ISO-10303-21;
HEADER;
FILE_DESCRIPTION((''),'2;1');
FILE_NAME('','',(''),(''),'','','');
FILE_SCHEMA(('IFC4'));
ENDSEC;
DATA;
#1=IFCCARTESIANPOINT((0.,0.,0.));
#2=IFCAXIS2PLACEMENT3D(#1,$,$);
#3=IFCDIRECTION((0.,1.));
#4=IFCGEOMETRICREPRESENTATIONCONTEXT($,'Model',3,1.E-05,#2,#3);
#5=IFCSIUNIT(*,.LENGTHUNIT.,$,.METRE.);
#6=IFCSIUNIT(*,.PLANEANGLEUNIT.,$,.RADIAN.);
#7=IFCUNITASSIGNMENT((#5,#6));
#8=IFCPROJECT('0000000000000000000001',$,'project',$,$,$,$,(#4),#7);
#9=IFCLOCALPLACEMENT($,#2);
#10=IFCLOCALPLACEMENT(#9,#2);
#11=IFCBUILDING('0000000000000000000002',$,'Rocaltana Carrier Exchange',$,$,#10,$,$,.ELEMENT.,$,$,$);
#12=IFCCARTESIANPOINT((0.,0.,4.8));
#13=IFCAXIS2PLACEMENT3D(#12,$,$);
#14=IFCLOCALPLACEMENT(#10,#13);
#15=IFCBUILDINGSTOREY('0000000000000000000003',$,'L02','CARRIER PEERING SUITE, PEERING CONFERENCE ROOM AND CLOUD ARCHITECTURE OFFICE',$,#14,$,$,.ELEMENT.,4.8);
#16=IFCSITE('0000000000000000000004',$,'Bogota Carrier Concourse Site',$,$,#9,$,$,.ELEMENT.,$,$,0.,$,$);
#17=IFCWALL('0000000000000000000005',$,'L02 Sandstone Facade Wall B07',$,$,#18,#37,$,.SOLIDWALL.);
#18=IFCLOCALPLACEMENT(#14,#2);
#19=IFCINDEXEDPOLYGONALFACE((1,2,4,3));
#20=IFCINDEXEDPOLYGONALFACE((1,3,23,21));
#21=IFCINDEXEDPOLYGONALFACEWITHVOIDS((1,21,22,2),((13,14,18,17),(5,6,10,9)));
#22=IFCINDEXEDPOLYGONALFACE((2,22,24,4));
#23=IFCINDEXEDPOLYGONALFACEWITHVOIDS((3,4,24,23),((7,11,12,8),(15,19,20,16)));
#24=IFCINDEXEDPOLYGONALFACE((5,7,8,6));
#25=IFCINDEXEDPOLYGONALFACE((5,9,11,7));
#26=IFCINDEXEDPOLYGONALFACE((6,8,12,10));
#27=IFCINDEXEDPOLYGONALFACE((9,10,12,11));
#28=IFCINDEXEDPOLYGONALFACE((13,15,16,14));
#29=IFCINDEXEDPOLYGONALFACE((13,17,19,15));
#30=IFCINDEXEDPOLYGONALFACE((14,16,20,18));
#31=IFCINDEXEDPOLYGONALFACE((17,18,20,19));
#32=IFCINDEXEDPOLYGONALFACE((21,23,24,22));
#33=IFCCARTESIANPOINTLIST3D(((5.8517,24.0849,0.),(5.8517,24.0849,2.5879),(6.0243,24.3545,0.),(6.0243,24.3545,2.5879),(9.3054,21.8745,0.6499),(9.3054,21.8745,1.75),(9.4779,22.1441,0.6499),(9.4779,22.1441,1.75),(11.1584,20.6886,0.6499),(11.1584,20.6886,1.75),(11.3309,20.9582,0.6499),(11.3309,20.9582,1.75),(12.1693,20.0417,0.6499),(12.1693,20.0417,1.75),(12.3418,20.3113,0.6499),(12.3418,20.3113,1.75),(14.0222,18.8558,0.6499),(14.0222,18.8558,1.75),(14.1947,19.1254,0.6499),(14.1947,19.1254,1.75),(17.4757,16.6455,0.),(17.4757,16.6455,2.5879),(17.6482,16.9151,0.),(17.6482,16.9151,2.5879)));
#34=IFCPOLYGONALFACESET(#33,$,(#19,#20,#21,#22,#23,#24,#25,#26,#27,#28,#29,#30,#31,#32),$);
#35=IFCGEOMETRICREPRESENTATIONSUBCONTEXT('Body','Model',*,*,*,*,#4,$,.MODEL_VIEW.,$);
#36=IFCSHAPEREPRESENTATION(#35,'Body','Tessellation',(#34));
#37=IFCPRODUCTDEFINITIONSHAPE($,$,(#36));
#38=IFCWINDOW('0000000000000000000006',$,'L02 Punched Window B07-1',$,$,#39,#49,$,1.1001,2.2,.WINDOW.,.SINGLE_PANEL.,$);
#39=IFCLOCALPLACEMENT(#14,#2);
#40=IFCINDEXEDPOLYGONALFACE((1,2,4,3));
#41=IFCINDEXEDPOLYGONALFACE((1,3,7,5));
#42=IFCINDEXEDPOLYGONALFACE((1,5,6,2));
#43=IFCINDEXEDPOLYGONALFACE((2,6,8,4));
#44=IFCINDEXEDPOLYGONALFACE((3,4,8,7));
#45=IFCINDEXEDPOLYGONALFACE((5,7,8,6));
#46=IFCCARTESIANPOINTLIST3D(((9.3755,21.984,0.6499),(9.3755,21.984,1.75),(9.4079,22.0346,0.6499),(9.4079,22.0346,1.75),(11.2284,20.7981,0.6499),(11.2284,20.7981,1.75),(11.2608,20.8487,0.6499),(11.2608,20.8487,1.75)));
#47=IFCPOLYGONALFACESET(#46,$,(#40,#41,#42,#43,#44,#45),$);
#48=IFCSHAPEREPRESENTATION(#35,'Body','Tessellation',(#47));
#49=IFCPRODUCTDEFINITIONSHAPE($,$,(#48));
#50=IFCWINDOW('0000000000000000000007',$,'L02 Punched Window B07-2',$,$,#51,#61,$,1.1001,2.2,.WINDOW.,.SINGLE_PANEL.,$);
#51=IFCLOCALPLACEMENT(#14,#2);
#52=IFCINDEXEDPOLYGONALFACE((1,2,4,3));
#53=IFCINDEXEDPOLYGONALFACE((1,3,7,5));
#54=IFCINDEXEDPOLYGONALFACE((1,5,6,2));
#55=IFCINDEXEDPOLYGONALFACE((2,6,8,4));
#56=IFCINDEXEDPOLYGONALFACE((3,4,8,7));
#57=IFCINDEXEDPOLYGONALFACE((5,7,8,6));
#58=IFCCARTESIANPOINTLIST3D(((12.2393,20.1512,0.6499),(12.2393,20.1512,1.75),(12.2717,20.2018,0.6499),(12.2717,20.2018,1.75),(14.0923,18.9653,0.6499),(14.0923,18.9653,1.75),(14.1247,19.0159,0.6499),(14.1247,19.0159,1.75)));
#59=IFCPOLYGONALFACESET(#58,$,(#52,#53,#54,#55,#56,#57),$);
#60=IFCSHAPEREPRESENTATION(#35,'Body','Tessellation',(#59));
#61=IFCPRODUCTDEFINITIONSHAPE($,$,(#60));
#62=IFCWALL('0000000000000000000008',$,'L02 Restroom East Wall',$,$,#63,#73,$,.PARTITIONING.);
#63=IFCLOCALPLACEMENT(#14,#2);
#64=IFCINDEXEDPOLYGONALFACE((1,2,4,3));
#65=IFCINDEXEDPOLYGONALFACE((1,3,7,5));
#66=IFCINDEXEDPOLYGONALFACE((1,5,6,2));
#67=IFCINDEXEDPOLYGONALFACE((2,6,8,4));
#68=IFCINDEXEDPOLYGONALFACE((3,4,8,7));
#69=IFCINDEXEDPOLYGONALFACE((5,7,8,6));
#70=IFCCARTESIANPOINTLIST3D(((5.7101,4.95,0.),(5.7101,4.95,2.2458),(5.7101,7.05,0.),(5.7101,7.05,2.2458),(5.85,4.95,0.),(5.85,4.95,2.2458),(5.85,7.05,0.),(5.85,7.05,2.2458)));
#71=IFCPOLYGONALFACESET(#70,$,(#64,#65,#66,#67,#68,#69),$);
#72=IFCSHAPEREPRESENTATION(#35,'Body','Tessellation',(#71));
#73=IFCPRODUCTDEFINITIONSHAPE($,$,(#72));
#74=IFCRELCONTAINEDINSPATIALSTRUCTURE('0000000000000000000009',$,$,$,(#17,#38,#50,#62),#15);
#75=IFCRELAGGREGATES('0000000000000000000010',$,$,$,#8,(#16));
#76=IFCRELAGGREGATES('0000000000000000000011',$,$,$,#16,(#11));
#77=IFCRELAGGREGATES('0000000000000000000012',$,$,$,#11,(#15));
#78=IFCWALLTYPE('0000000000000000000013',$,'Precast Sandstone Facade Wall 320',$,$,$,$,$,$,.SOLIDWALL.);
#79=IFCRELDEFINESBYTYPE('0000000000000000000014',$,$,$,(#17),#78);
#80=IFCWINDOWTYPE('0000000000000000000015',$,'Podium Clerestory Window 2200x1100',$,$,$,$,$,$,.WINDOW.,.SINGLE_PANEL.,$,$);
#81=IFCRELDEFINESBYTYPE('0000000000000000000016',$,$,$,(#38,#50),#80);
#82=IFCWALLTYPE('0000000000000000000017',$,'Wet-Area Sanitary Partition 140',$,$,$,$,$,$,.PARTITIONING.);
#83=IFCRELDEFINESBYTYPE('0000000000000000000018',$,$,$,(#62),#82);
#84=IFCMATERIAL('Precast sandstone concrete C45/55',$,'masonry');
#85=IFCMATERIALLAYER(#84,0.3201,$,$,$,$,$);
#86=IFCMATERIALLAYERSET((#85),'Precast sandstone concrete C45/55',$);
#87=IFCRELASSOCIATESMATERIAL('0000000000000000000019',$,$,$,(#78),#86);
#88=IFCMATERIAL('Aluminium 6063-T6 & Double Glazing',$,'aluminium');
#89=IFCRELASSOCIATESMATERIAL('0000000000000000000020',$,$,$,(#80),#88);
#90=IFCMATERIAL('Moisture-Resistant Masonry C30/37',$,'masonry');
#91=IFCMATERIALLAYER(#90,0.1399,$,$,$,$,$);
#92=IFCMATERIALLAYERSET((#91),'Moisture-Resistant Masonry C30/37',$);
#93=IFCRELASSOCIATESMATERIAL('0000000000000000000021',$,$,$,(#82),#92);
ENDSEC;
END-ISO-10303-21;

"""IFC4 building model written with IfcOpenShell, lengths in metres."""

from ifc_helpers import new_model, si_unit, direction, frame, frame_2d, origin, place, context, subcontext, project, spatial, rectangle, extrude, material, layer, layer_set, type_object, element, fill, save


model = new_model("IFC4")

# Units and contexts
model_context = context("Model", 3, precision=1e-05, world=origin(), true_north=direction((0.0, 1.0)))
body_context = subcontext(model_context, "Body", "Model", "MODEL_VIEW")
ifc_project = project(units=[si_unit("LENGTHUNIT", "METRE"), si_unit("PLANEANGLEUNIT", "RADIAN")], contexts=[model_context])

# Site, building, storey
site_placement = place(None, origin())
site = spatial("IfcSite", under=ifc_project, at=site_placement, Name="Bogota Carrier Concourse Site", CompositionType="ELEMENT", RefElevation=0.0)
building_placement = place(site_placement, origin())
building = spatial("IfcBuilding", under=site, at=building_placement, Name="Rocaltana Carrier Exchange", CompositionType="ELEMENT")
storey_placement = place(building_placement, frame((0.0, 0.0, 4.8)))
storey = spatial("IfcBuildingStorey", under=building, at=storey_placement, Name="L02", Description="CARRIER PEERING SUITE, PEERING CONFERENCE ROOM AND CLOUD ARCHITECTURE OFFICE", CompositionType="ELEMENT", Elevation=4.8)

# Wall, openings, windows
ifc_material_1 = material(Name="Precast sandstone concrete C45/55", Category="masonry")
ifc_layer_1 = layer(ifc_material_1, 0.3201)
ifc_layer_set_1 = layer_set([ifc_layer_1], Name="Precast sandstone concrete C45/55")
wall_type_1 = type_object("IfcWallType", Name="Precast Sandstone Facade Wall 320", PredefinedType="SOLIDWALL", material=ifc_layer_set_1)
wall_1_placement = place(storey_placement, frame((5.938, 24.2197, 0.0), z_axis=(0.0, 0.0, 1.0), x_axis=(0.842269, -0.539058, 0.0)))
wall_1 = element("IfcWall", 1, at=wall_1_placement, inside=storey, type_object=wall_type_1, Name="L02 Sandstone Facade Wall B07", PredefinedType="SOLIDWALL", context=body_context, shape_type="SweptSolid", body=[
    extrude(rectangle(XDim=13.8008, YDim=0.3201, at=frame_2d((6.9004, 0.0))), origin(), (0.0, 0.0, 1.0), 2.5879),
])
opening_1_placement = place(wall_1_placement, frame((4.1003, 0.0, 0.6499)))
opening_1 = element("IfcOpeningElement", 2, at=opening_1_placement, cuts=wall_1, PredefinedType="OPENING", context=body_context, shape_type="SweptSolid", body=[
    extrude(rectangle(XDim=2.2, YDim=1.1001, at=frame_2d((1.1001, 0.55))), frame((0.0, 0.1699, 0.0), z_axis=(0.0, -1.0, 0.0), x_axis=(1.0, 0.0, 0.0)), (0.0, 0.0, 1.0), 0.3401),
])
opening_2_placement = place(wall_1_placement, frame((7.5005, 0.0, 0.6499)))
opening_2 = element("IfcOpeningElement", 3, at=opening_2_placement, cuts=wall_1, PredefinedType="OPENING", context=body_context, shape_type="SweptSolid", body=[
    extrude(rectangle(XDim=2.2, YDim=1.1001, at=frame_2d((1.1001, 0.55))), frame((0.0, 0.1699, 0.0), z_axis=(0.0, -1.0, 0.0), x_axis=(1.0, 0.0, 0.0)), (0.0, 0.0, 1.0), 0.3401),
])
ifc_material_2 = material(Name="Aluminium 6063-T6 & Double Glazing", Category="aluminium")
window_type = type_object("IfcWindowType", Name="Podium Clerestory Window 2200x1100", PartitioningType="SINGLE_PANEL", PredefinedType="WINDOW", material=ifc_material_2)
window_1_placement = place(opening_1_placement, origin())
window_1 = element("IfcWindow", 4, at=window_1_placement, inside=storey, type_object=window_type, Name="L02 Punched Window B07-1", OverallHeight=1.1001, OverallWidth=2.2, PartitioningType="SINGLE_PANEL", PredefinedType="WINDOW", context=body_context, shape_type="SweptSolid", body=[
    extrude(rectangle(XDim=2.2, YDim=1.1001, at=frame_2d((1.1001, 0.55))), frame((0.0, 0.03, 0.0), z_axis=(0.0, -1.0, 0.0), x_axis=(1.0, 0.0, 0.0)), (0.0, 0.0, 1.0), 0.0601),
])
fill(opening_1, window_1)
window_2_placement = place(opening_2_placement, origin())
window_2 = element("IfcWindow", 5, at=window_2_placement, inside=storey, type_object=window_type, Name="L02 Punched Window B07-2", OverallHeight=1.1001, OverallWidth=2.2, PartitioningType="SINGLE_PANEL", PredefinedType="WINDOW", context=body_context, shape_type="SweptSolid", body=[
    extrude(rectangle(XDim=2.2, YDim=1.1001, at=frame_2d((1.1001, 0.55))), frame((0.0, 0.03, 0.0), z_axis=(0.0, -1.0, 0.0), x_axis=(1.0, 0.0, 0.0)), (0.0, 0.0, 1.0), 0.0601),
])
fill(opening_2, window_2)

# Wall
ifc_material_3 = material(Name="Moisture-Resistant Masonry C30/37", Category="masonry")
ifc_layer_2 = layer(ifc_material_3, 0.1399)
ifc_layer_set_2 = layer_set([ifc_layer_2], Name="Moisture-Resistant Masonry C30/37")
wall_type_2 = type_object("IfcWallType", Name="Wet-Area Sanitary Partition 140", PredefinedType="PARTITIONING", material=ifc_layer_set_2)
wall_2_placement = place(storey_placement, frame((5.78, 4.95, 0.0), z_axis=(0.0, 0.0, 1.0), x_axis=(0.0, 1.0, 0.0)))
element("IfcWall", 6, at=wall_2_placement, inside=storey, type_object=wall_type_2, Name="L02 Restroom East Wall", PredefinedType="PARTITIONING", context=body_context, shape_type="SweptSolid", body=[
    extrude(rectangle(XDim=2.1001, YDim=0.1399, at=frame_2d((1.05, 0.0))), origin(), (0.0, 0.0, 1.0), 2.2458),
])

save(model, "model.ifc")
